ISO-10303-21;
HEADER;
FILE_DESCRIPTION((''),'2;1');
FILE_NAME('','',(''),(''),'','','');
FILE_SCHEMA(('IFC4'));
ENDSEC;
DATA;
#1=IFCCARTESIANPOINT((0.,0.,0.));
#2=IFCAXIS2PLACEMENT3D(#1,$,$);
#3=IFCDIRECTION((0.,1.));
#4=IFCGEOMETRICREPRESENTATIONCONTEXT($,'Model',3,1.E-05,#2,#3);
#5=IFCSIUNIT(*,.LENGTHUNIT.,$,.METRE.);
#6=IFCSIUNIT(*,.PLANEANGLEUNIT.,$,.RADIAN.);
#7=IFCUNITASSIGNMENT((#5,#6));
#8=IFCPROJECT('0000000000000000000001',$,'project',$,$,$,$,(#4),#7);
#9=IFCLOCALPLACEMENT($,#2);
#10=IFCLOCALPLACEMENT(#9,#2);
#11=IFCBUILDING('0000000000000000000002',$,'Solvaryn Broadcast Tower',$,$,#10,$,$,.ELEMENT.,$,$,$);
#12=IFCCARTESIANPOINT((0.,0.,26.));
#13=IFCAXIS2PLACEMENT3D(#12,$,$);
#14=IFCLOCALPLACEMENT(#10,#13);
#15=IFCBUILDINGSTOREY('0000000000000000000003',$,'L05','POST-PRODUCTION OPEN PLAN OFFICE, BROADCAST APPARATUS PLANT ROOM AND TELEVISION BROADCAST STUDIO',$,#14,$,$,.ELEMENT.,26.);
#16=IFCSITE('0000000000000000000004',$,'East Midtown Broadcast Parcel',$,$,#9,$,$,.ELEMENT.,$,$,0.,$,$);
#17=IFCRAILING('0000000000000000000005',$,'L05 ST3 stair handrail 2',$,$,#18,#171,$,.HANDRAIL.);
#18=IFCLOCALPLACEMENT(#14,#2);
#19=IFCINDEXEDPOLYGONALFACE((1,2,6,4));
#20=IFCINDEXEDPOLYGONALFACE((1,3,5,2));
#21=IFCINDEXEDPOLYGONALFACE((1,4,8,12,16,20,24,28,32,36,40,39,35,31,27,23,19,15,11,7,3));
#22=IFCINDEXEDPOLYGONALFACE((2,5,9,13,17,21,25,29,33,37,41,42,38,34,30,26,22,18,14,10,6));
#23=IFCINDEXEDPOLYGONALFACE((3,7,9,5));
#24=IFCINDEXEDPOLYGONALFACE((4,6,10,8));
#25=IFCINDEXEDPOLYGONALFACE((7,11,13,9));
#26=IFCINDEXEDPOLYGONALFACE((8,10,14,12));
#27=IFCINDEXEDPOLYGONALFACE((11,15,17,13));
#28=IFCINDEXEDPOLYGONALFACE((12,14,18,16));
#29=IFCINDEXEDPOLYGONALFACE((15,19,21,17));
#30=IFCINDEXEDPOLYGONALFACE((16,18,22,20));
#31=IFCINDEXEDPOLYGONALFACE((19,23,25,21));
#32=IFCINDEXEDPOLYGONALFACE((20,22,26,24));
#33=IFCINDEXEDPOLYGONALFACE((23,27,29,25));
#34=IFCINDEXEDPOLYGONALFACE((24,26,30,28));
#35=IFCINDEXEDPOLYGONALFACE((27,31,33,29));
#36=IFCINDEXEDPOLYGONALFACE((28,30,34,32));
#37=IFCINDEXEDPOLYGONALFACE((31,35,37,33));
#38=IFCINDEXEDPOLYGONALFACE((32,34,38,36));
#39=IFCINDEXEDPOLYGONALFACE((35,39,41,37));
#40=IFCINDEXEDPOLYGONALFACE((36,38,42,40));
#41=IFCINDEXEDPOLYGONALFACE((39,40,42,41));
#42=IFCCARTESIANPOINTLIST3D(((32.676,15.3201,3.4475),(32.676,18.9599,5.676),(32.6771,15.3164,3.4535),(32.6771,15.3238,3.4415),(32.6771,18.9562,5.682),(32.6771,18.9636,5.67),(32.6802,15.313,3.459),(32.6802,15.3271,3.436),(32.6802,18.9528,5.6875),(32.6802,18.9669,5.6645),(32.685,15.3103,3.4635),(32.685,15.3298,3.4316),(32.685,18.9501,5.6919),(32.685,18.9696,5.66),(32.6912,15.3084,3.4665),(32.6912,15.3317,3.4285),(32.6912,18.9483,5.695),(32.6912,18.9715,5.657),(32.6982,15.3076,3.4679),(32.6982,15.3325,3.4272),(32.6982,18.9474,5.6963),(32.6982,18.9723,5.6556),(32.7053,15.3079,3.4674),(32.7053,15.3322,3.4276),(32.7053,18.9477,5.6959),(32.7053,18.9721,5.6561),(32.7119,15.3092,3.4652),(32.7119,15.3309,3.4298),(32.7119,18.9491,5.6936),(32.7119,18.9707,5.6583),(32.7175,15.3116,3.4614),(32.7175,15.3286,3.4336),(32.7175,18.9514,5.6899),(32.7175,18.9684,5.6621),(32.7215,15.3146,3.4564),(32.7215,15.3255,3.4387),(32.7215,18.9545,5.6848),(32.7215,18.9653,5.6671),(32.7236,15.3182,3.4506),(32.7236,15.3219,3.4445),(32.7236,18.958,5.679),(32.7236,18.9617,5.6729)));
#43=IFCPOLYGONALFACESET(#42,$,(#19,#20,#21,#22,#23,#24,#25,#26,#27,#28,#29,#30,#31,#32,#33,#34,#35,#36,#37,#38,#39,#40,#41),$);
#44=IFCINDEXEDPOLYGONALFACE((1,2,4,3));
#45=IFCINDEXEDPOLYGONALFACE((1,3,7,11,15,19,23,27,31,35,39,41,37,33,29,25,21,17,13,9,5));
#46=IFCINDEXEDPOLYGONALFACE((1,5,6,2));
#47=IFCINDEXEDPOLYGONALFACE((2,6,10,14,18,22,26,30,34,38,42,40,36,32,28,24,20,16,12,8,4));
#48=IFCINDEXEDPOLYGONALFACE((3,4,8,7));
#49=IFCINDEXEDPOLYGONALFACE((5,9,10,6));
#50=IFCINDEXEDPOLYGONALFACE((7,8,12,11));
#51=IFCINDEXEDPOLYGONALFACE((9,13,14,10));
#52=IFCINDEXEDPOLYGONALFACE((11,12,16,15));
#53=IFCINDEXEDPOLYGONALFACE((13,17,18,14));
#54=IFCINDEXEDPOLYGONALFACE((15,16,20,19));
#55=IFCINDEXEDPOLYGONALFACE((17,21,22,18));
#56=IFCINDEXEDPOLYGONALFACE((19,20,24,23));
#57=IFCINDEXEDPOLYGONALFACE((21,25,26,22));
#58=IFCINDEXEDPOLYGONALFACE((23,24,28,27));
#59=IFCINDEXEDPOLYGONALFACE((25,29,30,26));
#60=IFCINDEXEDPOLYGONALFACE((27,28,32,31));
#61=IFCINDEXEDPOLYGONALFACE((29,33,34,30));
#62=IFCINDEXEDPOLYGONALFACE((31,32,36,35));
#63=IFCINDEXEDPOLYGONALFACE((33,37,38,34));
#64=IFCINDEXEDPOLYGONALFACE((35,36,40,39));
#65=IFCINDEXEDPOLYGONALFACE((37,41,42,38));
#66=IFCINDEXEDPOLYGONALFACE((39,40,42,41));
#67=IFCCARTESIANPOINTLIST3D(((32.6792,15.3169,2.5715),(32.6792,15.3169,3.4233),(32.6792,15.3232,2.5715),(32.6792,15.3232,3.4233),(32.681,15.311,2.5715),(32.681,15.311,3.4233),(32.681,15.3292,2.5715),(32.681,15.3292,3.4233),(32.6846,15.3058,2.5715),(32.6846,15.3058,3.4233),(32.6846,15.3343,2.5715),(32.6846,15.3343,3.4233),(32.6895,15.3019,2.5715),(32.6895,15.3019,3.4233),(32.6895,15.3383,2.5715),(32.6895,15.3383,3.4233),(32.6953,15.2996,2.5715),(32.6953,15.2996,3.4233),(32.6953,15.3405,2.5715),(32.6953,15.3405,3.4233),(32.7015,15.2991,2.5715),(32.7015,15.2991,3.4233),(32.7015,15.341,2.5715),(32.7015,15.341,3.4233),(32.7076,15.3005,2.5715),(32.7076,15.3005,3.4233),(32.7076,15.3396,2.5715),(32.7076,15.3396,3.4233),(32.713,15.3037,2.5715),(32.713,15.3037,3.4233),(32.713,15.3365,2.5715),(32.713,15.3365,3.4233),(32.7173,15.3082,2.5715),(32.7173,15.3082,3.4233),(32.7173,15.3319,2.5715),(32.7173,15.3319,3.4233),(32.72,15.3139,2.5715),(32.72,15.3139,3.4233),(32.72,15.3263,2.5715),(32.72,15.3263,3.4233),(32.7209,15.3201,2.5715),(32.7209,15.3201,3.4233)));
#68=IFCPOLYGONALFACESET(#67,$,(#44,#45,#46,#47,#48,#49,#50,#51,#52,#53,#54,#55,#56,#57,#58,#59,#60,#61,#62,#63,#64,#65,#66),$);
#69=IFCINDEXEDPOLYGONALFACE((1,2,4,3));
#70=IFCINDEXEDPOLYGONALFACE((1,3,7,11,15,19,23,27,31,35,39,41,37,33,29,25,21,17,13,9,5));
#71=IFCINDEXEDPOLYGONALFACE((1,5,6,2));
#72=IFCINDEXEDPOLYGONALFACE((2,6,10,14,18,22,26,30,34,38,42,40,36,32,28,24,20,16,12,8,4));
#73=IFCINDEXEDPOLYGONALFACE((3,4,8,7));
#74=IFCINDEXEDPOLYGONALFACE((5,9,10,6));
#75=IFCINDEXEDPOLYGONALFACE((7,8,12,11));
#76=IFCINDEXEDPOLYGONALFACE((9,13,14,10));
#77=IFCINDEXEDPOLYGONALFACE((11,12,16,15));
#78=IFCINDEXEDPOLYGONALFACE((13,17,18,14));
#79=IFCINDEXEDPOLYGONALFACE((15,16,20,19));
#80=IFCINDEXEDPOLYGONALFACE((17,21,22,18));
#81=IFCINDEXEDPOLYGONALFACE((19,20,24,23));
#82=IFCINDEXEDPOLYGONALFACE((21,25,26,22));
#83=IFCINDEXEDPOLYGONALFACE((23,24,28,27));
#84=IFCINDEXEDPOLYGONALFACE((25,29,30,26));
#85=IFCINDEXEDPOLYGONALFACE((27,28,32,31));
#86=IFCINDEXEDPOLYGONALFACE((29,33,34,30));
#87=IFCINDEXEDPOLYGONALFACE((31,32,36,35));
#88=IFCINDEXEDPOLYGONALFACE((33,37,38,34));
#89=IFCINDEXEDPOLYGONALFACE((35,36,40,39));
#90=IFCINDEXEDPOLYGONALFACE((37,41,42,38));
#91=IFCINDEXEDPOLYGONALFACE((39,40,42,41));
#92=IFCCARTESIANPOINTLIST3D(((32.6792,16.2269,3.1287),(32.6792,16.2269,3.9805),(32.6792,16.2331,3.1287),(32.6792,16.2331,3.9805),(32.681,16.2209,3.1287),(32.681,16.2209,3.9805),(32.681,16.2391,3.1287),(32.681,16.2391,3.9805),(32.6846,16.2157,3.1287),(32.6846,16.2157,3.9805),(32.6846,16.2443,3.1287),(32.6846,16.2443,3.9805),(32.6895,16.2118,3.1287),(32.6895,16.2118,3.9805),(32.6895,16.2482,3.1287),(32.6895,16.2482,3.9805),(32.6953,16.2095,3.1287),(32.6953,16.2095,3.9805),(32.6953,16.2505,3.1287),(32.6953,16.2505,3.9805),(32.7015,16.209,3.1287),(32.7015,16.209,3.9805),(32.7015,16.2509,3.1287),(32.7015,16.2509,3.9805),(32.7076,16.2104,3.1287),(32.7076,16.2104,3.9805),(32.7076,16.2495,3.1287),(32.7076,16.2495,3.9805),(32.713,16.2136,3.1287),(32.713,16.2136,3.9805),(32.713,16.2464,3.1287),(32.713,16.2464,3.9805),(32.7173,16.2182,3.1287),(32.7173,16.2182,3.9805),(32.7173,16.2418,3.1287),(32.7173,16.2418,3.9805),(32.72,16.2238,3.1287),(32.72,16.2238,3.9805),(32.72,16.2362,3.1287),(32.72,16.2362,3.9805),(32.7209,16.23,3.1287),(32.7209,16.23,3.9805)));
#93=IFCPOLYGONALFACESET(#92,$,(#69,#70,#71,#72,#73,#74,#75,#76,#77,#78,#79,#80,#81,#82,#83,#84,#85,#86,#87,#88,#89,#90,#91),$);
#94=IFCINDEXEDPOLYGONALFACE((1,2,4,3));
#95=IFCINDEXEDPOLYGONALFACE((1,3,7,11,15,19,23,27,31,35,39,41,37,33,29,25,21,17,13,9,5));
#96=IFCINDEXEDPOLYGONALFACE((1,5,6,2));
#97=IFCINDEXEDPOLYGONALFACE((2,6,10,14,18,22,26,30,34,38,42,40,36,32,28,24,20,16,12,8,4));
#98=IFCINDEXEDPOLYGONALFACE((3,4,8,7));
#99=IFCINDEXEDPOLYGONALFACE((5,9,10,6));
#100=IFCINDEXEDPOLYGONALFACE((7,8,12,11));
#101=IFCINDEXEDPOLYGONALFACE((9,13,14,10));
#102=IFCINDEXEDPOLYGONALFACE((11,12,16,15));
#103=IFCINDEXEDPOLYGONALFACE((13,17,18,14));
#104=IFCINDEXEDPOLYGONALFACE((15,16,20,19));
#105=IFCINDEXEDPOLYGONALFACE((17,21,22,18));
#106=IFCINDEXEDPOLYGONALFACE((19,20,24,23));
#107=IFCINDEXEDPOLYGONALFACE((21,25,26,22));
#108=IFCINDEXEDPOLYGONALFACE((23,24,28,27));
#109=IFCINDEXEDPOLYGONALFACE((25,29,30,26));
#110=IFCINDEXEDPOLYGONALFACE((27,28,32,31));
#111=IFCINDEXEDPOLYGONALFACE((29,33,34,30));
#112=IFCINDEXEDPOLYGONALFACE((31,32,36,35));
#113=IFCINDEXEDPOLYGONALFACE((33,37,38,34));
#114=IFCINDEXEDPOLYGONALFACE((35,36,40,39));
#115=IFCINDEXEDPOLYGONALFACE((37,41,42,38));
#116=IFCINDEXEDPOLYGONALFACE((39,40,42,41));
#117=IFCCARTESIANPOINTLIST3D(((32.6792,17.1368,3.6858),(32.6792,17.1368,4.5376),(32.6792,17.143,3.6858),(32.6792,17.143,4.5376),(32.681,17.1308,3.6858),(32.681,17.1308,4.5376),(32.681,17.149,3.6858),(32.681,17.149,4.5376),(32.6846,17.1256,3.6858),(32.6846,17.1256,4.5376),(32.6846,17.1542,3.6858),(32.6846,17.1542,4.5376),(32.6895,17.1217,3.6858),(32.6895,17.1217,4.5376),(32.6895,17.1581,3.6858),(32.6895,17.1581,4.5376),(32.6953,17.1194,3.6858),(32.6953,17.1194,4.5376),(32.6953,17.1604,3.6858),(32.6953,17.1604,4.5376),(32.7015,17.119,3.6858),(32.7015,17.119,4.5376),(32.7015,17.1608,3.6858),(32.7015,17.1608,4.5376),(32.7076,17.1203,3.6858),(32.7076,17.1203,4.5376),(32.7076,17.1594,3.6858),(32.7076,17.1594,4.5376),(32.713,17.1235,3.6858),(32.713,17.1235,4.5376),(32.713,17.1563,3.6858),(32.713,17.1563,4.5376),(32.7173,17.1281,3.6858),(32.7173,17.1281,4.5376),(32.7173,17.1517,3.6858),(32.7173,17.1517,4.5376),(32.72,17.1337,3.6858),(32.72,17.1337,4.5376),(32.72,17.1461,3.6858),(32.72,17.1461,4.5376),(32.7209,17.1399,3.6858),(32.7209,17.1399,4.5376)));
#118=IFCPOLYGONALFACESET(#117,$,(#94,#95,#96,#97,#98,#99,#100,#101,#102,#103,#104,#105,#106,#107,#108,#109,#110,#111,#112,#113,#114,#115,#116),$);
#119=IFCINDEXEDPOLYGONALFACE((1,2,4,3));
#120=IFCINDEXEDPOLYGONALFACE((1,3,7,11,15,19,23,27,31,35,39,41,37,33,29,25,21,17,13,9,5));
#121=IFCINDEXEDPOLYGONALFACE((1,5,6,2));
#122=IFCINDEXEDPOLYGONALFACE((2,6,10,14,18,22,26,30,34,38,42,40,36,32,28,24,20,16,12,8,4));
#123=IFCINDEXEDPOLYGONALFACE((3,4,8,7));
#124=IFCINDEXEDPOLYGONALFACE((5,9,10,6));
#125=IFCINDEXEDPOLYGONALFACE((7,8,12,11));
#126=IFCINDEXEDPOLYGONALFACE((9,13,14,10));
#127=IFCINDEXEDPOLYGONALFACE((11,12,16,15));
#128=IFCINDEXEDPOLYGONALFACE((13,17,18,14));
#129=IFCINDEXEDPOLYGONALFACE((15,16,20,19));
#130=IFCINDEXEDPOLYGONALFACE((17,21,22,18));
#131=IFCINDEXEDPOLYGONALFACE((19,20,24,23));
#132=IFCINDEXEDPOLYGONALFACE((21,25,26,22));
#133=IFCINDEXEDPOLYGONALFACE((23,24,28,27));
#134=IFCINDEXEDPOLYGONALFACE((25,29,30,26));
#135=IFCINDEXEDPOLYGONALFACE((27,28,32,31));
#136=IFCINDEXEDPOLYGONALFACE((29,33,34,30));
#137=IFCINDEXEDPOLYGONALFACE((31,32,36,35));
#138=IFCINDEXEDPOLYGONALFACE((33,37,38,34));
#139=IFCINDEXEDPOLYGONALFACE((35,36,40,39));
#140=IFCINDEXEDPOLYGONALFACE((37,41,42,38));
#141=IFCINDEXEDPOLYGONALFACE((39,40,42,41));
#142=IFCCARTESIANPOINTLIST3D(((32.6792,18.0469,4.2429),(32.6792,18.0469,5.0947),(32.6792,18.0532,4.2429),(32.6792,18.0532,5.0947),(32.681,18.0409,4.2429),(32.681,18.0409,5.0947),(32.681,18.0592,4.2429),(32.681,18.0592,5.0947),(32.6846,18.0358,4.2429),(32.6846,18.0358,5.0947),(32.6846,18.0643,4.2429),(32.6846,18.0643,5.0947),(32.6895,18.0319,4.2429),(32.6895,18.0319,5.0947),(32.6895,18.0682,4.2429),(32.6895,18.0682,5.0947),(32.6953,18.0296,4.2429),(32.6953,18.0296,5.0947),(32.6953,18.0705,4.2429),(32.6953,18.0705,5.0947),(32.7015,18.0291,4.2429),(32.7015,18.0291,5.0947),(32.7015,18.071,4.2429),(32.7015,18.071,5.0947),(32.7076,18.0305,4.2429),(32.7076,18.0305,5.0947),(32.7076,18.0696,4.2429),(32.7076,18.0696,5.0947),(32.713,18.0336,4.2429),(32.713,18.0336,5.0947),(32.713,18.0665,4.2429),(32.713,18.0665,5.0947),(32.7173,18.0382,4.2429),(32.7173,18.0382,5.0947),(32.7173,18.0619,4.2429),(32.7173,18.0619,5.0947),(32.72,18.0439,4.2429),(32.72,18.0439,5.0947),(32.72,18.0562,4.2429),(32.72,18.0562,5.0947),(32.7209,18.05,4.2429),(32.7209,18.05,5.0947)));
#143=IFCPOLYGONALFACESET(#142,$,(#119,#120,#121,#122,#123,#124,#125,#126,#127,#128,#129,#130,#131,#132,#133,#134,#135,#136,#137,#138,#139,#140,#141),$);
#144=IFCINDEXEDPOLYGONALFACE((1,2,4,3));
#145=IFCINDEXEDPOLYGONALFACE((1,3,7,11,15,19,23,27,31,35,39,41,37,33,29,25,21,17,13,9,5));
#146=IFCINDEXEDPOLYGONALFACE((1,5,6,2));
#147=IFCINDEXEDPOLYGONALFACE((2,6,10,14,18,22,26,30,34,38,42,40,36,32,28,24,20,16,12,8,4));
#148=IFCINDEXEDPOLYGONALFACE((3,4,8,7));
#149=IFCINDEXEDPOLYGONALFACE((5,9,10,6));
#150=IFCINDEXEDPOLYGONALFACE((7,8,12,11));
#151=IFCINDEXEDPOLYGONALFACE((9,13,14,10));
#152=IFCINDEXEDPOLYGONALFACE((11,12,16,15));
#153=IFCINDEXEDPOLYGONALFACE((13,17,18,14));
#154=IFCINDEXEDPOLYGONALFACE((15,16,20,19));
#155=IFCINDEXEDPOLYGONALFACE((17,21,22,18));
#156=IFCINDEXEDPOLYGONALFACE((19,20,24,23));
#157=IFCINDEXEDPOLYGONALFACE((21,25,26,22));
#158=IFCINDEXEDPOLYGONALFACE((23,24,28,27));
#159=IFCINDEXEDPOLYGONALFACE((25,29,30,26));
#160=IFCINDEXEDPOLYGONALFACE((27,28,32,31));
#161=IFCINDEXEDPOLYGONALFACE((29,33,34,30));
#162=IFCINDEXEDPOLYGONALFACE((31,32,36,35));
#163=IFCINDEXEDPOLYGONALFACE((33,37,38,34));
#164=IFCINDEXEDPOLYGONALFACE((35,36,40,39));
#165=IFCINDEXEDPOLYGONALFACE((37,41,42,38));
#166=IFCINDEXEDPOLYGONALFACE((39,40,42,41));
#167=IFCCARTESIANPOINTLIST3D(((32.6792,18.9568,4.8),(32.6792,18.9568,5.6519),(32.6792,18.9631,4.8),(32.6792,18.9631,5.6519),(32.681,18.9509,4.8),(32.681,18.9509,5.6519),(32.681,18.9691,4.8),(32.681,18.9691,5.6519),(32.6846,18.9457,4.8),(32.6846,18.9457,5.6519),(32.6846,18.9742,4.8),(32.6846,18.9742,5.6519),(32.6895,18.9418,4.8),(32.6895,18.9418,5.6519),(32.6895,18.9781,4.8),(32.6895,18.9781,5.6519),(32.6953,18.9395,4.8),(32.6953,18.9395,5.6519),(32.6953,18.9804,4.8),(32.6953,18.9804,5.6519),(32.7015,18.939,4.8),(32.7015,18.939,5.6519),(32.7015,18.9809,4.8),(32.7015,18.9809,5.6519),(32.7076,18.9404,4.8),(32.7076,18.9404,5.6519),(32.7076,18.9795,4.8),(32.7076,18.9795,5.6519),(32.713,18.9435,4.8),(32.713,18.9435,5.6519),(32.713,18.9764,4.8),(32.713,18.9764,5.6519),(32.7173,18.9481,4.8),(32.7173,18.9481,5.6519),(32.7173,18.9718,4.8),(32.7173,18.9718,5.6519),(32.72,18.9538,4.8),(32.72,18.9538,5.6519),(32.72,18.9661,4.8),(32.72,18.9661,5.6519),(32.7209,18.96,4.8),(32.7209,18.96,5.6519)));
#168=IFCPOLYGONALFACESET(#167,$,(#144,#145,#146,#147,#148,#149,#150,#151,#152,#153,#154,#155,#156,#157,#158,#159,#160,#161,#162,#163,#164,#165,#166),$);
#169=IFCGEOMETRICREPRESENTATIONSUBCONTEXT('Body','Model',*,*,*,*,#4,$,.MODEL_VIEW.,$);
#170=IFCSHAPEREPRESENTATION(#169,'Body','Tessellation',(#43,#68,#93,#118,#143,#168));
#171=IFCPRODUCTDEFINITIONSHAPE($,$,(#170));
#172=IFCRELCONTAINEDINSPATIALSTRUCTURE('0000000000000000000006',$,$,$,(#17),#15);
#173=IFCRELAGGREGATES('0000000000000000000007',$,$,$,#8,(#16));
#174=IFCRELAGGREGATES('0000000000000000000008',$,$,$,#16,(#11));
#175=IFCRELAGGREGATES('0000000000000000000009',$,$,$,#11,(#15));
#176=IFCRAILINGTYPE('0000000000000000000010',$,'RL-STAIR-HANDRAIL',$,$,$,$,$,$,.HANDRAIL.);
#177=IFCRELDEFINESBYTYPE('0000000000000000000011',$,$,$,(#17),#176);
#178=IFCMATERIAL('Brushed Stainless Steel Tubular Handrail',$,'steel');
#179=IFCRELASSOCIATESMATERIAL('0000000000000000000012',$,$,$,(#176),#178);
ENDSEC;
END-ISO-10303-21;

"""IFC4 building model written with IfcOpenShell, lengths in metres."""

from ifc_helpers import new_model, si_unit, direction, frame, origin, origin_2d, place, context, subcontext, project, spatial, circle, extrude, material, type_object, element, save


model = new_model("IFC4")

# Units and contexts
model_context = context("Model", 3, precision=1e-05, world=origin(), true_north=direction((0.0, 1.0)))
body_context = subcontext(model_context, "Body", "Model", "MODEL_VIEW")
ifc_project = project(units=[si_unit("LENGTHUNIT", "METRE"), si_unit("PLANEANGLEUNIT", "RADIAN")], contexts=[model_context])

# Site, building, storey
site_placement = place(None, origin())
site = spatial("IfcSite", under=ifc_project, at=site_placement, Name="East Midtown Broadcast Parcel", CompositionType="ELEMENT", RefElevation=0.0)
building_placement = place(site_placement, origin())
building = spatial("IfcBuilding", under=site, at=building_placement, Name="Solvaryn Broadcast Tower", CompositionType="ELEMENT")
storey_placement = place(building_placement, frame((0.0, 0.0, 26.0)))
storey = spatial("IfcBuildingStorey", under=building, at=storey_placement, Name="L05", Description="POST-PRODUCTION OPEN PLAN OFFICE, BROADCAST APPARATUS PLANT ROOM AND TELEVISION BROADCAST STUDIO", CompositionType="ELEMENT", Elevation=26.0)

# Railing
ifc_material_1 = material(Name="Brushed Stainless Steel Tubular Handrail", Category="steel")
railing_type_1 = type_object("IfcRailingType", Name="RL-STAIR-HANDRAIL", PredefinedType="HANDRAIL", material=ifc_material_1)
railing_1_placement = place(storey_placement, frame((32.7, 15.3201, 2.5715)))
element("IfcRailing", 1, at=railing_1_placement, inside=storey, type_object=railing_type_1, Name="L05 ST3 stair handrail 2", PredefinedType="HANDRAIL", context=body_context, shape_type="SweptSolid", body=[
    extrude(circle(Radius=0.0239, at=origin_2d()), frame((0.0, 0.0, 0.876), z_axis=(0.0, 0.85285, 0.522156), x_axis=(-1.0, 0.0, 0.0)), (0.0, 0.0, 1.0), 4.2678),
    extrude(circle(Radius=0.021, at=origin_2d()), origin(), (0.0, 0.0, 1.0), 0.8518),
    extrude(circle(Radius=0.021, at=origin_2d()), frame((0.0, 0.9099, 0.5571)), (0.0, 0.0, 1.0), 0.8518),
    extrude(circle(Radius=0.021, at=origin_2d()), frame((0.0, 1.8198, 1.1143)), (0.0, 0.0, 1.0), 0.8518),
    extrude(circle(Radius=0.021, at=origin_2d()), frame((0.0, 2.73, 1.6714)), (0.0, 0.0, 1.0), 0.8518),
    extrude(circle(Radius=0.021, at=origin_2d()), frame((0.0, 3.6399, 2.2285)), (0.0, 0.0, 1.0), 0.8518),
])

save(model, "model.ifc")
